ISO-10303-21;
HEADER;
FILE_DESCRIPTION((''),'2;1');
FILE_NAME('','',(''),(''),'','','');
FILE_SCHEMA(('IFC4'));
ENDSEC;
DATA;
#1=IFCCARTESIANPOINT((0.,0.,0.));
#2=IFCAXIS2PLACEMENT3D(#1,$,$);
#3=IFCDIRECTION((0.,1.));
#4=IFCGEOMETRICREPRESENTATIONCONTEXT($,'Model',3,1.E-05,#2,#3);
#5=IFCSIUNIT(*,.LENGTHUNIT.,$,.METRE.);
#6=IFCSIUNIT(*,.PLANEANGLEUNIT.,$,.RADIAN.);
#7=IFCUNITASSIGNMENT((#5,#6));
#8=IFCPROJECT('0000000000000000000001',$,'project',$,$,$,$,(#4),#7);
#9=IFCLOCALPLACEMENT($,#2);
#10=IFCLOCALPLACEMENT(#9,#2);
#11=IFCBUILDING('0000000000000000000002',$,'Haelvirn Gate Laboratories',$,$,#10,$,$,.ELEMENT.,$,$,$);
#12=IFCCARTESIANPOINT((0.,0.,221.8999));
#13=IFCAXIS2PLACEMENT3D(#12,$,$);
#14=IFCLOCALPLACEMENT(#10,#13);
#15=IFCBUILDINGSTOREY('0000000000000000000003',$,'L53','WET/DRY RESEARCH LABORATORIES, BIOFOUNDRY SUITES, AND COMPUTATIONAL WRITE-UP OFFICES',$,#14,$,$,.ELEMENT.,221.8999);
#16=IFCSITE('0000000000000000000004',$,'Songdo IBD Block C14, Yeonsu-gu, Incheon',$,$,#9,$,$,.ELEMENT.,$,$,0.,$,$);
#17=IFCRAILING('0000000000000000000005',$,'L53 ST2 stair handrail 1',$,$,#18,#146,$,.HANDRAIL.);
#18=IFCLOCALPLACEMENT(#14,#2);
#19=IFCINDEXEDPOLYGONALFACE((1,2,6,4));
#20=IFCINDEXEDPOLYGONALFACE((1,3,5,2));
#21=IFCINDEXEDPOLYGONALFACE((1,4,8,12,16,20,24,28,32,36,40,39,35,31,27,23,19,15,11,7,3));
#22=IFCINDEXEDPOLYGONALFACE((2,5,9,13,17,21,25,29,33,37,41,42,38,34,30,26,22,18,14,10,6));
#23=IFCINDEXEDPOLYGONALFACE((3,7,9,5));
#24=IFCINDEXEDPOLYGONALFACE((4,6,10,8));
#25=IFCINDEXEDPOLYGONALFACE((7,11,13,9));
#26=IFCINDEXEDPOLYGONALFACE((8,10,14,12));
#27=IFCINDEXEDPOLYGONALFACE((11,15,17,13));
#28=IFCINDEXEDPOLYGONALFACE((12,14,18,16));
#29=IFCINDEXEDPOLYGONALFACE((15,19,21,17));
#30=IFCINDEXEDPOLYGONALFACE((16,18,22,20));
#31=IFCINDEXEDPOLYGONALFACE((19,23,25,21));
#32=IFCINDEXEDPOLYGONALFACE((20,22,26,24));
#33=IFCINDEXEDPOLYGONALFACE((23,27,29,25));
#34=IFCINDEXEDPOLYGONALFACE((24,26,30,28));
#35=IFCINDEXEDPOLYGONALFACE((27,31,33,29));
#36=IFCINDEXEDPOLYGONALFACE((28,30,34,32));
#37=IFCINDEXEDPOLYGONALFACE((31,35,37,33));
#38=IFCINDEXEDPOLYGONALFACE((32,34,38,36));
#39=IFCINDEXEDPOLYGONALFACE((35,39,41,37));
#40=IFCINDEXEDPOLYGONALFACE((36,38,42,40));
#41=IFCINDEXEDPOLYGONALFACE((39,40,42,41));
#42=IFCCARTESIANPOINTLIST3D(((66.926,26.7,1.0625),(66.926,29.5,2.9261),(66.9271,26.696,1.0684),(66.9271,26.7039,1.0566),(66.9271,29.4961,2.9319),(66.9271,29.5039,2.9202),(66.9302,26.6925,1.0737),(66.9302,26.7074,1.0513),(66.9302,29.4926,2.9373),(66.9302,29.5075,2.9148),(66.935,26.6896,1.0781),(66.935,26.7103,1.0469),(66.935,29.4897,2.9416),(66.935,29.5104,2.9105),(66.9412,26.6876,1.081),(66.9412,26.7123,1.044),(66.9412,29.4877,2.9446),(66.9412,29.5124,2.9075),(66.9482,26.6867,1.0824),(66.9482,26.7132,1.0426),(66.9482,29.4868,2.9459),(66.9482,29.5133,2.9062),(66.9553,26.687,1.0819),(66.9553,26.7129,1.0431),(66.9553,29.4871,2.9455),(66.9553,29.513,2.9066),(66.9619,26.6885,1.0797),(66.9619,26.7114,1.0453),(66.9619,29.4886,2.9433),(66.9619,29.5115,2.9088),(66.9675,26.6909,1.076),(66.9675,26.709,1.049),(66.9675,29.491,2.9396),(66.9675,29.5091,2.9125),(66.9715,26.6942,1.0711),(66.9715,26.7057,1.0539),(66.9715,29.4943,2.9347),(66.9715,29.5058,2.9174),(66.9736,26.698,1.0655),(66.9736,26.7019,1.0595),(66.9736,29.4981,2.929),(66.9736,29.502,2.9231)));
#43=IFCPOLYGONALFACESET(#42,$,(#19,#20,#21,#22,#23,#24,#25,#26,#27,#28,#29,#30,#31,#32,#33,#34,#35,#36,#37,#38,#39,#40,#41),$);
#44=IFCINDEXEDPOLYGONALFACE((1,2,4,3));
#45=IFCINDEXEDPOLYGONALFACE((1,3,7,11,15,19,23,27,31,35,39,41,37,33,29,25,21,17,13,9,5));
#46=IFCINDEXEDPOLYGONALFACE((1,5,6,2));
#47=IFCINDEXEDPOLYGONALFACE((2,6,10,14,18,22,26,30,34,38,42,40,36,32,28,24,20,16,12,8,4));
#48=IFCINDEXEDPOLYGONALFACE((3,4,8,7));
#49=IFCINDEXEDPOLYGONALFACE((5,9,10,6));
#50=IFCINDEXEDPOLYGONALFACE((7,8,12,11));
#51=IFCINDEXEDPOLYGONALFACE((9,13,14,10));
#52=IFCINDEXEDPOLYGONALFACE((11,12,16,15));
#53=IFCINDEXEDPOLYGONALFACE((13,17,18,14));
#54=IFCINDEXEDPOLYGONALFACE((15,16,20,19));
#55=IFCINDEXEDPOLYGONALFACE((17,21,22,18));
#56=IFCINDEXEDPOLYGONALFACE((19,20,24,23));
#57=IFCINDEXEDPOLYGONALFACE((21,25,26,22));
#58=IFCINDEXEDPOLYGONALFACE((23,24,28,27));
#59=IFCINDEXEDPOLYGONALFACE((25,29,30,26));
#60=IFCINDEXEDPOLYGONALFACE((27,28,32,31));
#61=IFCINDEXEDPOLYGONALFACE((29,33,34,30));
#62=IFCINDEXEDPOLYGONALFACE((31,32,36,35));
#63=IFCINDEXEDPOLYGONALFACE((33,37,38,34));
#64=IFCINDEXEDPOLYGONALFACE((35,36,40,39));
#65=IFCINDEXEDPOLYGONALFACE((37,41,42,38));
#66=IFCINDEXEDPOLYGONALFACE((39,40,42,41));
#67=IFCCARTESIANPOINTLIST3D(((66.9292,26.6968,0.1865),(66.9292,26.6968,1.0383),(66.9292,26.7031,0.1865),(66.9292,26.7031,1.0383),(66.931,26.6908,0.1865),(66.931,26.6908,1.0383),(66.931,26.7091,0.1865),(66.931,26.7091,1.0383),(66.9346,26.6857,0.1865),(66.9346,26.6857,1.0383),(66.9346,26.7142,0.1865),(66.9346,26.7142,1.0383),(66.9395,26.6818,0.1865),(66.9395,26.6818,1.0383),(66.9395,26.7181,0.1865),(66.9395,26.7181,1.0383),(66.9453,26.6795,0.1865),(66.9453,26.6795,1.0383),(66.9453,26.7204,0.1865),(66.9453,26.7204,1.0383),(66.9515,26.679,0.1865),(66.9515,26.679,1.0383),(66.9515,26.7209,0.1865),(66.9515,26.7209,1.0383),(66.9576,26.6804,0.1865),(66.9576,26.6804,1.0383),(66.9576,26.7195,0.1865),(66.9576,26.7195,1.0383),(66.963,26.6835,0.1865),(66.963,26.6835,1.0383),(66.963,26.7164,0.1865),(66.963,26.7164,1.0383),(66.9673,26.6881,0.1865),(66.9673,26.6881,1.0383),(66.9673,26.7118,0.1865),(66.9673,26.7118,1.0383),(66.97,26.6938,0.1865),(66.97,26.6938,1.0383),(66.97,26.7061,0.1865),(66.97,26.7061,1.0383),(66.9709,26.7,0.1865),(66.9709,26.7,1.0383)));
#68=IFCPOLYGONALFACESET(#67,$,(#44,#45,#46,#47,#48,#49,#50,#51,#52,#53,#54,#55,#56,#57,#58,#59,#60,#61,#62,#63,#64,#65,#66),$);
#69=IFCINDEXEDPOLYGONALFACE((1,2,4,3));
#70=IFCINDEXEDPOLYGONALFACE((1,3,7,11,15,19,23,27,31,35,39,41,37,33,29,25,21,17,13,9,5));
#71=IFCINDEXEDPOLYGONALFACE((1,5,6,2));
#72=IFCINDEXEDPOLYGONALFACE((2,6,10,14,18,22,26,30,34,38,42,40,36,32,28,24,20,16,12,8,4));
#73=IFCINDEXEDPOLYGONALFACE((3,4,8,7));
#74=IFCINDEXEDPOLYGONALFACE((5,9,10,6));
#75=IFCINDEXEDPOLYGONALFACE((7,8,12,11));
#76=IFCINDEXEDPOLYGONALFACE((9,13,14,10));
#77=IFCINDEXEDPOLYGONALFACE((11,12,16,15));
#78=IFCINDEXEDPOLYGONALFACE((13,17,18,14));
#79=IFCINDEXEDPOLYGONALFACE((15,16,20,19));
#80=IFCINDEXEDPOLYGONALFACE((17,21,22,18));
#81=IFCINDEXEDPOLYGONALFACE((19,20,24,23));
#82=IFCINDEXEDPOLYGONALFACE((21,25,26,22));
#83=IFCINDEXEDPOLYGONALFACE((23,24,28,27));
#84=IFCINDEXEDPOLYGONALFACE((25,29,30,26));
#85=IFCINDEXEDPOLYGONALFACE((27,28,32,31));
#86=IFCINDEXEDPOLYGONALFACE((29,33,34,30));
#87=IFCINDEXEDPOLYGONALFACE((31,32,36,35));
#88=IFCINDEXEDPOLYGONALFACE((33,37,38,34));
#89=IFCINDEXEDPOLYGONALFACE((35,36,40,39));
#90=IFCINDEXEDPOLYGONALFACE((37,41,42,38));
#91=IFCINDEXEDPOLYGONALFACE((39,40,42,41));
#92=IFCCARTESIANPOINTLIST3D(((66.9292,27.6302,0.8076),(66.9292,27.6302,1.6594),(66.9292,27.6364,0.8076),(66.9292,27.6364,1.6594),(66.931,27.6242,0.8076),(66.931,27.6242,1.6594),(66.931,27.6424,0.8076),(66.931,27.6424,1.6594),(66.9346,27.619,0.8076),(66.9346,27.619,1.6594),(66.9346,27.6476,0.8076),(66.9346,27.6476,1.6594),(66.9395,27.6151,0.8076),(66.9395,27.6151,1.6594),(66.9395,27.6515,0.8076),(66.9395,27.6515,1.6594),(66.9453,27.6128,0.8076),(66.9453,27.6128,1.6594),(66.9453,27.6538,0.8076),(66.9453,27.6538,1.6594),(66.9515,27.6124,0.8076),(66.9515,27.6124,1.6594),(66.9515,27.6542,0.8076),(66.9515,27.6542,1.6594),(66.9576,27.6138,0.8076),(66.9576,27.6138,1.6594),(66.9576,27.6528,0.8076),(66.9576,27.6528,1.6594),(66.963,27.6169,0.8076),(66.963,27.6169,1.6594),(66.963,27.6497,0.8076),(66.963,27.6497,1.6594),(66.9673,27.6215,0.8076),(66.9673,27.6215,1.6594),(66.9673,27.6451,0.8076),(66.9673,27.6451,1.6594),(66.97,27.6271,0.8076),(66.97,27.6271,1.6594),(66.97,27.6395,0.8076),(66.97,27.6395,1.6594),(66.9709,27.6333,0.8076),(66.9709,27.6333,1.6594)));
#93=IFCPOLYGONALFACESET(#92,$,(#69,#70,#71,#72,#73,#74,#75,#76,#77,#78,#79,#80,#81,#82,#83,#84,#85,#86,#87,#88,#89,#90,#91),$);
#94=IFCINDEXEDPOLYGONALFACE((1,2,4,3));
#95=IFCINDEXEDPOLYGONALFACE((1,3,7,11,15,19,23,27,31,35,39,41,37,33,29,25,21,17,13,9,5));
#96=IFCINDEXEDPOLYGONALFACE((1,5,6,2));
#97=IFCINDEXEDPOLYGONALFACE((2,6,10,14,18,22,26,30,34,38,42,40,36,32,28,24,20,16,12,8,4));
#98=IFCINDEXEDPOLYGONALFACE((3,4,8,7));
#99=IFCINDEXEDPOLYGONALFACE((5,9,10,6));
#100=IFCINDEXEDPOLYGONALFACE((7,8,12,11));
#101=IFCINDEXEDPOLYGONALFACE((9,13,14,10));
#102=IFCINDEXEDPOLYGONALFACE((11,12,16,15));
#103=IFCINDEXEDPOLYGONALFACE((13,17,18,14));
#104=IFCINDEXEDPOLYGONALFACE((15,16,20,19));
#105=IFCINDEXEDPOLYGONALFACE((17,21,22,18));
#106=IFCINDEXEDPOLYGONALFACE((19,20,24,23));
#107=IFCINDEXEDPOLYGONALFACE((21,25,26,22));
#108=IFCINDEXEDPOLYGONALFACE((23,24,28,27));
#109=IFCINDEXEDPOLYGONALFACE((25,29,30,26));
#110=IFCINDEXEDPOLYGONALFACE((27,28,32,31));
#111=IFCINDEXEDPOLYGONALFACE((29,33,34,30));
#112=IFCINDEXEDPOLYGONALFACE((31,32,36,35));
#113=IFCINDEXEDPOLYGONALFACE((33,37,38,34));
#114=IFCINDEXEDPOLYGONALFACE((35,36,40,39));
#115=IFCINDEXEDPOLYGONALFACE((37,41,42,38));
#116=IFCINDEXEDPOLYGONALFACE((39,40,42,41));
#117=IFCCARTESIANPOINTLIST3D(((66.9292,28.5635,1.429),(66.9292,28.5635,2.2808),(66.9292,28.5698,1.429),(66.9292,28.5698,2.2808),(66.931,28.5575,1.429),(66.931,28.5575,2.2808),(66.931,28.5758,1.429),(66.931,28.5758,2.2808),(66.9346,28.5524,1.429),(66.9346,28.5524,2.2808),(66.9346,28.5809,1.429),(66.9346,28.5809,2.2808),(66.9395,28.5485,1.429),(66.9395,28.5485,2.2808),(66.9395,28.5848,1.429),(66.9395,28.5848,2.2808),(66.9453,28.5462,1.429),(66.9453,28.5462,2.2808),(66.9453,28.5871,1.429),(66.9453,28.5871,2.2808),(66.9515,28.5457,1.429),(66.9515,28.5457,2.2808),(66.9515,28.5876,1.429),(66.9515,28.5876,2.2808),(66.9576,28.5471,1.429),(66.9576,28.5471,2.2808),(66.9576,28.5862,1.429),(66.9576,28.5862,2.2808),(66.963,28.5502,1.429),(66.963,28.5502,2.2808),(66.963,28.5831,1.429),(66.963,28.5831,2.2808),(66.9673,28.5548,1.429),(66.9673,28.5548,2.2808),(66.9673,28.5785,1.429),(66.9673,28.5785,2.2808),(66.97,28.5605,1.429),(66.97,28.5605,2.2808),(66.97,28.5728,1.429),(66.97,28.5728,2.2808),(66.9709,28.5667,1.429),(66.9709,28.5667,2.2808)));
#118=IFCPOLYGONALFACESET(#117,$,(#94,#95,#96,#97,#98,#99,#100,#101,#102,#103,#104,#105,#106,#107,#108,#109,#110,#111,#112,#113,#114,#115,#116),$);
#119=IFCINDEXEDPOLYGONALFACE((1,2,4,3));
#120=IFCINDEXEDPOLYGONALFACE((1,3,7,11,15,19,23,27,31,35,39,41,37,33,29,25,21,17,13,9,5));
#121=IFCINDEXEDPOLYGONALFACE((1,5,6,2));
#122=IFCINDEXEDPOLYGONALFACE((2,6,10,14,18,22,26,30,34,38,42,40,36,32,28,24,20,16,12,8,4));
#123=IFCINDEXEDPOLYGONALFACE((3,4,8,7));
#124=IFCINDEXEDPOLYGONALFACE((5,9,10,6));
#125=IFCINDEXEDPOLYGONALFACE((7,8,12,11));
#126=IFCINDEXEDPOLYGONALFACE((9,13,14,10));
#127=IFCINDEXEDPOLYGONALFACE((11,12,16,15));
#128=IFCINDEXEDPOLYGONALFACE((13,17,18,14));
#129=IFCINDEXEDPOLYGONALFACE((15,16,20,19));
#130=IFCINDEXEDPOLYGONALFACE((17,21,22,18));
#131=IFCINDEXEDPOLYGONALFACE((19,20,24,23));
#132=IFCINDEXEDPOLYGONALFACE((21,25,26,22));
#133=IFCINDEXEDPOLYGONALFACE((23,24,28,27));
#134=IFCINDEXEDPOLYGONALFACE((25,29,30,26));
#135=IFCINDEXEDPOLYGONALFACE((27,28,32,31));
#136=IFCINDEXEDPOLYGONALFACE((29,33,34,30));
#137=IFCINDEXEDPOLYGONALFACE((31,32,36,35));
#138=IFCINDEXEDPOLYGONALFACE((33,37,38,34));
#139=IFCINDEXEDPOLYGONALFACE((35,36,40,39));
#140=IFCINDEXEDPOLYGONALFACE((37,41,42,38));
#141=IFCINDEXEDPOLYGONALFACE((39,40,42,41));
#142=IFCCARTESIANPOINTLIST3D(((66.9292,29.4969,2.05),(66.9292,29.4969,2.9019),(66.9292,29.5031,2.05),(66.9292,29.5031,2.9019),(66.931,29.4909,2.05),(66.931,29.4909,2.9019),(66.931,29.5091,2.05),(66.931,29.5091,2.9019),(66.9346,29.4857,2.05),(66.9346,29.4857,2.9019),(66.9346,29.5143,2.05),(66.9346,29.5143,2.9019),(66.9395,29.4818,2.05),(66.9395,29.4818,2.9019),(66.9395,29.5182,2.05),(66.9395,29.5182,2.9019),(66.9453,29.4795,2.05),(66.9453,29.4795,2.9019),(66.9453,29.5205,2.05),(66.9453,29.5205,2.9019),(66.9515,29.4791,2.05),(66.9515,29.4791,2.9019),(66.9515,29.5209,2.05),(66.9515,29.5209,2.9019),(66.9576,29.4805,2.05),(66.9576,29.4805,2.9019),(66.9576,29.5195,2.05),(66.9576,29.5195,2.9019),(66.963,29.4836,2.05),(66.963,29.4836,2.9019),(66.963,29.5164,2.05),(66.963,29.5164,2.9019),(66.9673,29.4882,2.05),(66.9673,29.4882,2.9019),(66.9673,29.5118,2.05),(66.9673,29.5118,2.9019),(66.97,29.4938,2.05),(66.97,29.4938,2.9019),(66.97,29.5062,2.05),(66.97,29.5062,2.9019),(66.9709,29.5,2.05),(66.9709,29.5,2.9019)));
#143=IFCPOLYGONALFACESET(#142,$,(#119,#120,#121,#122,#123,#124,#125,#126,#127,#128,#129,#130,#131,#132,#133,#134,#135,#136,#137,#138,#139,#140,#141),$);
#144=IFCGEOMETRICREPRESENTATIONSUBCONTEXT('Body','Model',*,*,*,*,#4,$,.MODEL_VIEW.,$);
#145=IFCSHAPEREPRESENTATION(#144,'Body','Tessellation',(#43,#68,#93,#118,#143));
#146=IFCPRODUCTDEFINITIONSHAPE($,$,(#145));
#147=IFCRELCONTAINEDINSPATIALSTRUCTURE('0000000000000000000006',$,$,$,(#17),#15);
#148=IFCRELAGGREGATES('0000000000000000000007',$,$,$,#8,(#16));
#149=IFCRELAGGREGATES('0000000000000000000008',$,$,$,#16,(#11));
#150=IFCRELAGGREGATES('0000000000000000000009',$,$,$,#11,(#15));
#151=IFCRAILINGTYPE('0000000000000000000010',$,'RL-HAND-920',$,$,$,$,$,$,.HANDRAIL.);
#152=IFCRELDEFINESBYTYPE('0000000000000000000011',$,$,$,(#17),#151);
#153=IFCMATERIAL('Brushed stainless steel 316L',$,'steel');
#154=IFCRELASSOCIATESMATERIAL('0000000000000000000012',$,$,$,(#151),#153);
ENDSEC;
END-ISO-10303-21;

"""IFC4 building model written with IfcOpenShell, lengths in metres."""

from ifc_helpers import new_model, si_unit, direction, frame, origin, origin_2d, place, context, subcontext, project, spatial, circle, extrude, source, transform, mapped, material, type_object, element, save


model = new_model("IFC4")

# Units and contexts
model_context = context("Model", 3, precision=1e-05, world=origin(), true_north=direction((0.0, 1.0)))
body_context = subcontext(model_context, "Body", "Model", "MODEL_VIEW")
ifc_project = project(units=[si_unit("LENGTHUNIT", "METRE"), si_unit("PLANEANGLEUNIT", "RADIAN")], contexts=[model_context])

# Site, building, storey
site_placement = place(None, origin())
site = spatial("IfcSite", under=ifc_project, at=site_placement, Name="Songdo IBD Block C14, Yeonsu-gu, Incheon", CompositionType="ELEMENT", RefElevation=0.0)
building_placement = place(site_placement, origin())
building = spatial("IfcBuilding", under=site, at=building_placement, Name="Haelvirn Gate Laboratories", CompositionType="ELEMENT")
storey_placement = place(building_placement, frame((0.0, 0.0, 221.8999)))
storey = spatial("IfcBuildingStorey", under=building, at=storey_placement, Name="L53", Description="WET/DRY RESEARCH LABORATORIES, BIOFOUNDRY SUITES, AND COMPUTATIONAL WRITE-UP OFFICES", CompositionType="ELEMENT", Elevation=221.8999)

# Railing
ifc_material_1 = material(Name="Brushed stainless steel 316L", Category="steel")
railing_type_1 = type_object("IfcRailingType", Name="RL-HAND-920", PredefinedType="HANDRAIL", material=ifc_material_1)
shared_shape_1 = source(origin(), body_context, "Body", "SweptSolid", [
    extrude(circle(Radius=0.0239, at=origin_2d()), frame((0.0, 0.0, 0.876), z_axis=(0.0, 0.832486, 0.554047), x_axis=(-1.0, 0.0, 0.0)), (0.0, 0.0, 1.0), 3.3635),
    extrude(circle(Radius=0.021, at=origin_2d()), origin(), (0.0, 0.0, 1.0), 0.8518),
    extrude(circle(Radius=0.021, at=origin_2d()), frame((0.0, 0.9333, 0.6211)), (0.0, 0.0, 1.0), 0.8518),
    extrude(circle(Radius=0.021, at=origin_2d()), frame((0.0, 1.8667, 1.2424)), (0.0, 0.0, 1.0), 0.8518),
    extrude(circle(Radius=0.021, at=origin_2d()), frame((0.0, 2.8, 1.8635)), (0.0, 0.0, 1.0), 0.8518),
])
railing_1_placement = place(storey_placement, frame((66.95, 26.7, 0.1865)))
element("IfcRailing", 1, at=railing_1_placement, inside=storey, type_object=railing_type_1, Name="L53 ST2 stair handrail 1", PredefinedType="HANDRAIL", context=body_context, shape_type="MappedRepresentation", body=[
    mapped(shared_shape_1, transform((0.0, 0.0, 0.0), scale=1.0)),
])

save(model, "model.ifc")
